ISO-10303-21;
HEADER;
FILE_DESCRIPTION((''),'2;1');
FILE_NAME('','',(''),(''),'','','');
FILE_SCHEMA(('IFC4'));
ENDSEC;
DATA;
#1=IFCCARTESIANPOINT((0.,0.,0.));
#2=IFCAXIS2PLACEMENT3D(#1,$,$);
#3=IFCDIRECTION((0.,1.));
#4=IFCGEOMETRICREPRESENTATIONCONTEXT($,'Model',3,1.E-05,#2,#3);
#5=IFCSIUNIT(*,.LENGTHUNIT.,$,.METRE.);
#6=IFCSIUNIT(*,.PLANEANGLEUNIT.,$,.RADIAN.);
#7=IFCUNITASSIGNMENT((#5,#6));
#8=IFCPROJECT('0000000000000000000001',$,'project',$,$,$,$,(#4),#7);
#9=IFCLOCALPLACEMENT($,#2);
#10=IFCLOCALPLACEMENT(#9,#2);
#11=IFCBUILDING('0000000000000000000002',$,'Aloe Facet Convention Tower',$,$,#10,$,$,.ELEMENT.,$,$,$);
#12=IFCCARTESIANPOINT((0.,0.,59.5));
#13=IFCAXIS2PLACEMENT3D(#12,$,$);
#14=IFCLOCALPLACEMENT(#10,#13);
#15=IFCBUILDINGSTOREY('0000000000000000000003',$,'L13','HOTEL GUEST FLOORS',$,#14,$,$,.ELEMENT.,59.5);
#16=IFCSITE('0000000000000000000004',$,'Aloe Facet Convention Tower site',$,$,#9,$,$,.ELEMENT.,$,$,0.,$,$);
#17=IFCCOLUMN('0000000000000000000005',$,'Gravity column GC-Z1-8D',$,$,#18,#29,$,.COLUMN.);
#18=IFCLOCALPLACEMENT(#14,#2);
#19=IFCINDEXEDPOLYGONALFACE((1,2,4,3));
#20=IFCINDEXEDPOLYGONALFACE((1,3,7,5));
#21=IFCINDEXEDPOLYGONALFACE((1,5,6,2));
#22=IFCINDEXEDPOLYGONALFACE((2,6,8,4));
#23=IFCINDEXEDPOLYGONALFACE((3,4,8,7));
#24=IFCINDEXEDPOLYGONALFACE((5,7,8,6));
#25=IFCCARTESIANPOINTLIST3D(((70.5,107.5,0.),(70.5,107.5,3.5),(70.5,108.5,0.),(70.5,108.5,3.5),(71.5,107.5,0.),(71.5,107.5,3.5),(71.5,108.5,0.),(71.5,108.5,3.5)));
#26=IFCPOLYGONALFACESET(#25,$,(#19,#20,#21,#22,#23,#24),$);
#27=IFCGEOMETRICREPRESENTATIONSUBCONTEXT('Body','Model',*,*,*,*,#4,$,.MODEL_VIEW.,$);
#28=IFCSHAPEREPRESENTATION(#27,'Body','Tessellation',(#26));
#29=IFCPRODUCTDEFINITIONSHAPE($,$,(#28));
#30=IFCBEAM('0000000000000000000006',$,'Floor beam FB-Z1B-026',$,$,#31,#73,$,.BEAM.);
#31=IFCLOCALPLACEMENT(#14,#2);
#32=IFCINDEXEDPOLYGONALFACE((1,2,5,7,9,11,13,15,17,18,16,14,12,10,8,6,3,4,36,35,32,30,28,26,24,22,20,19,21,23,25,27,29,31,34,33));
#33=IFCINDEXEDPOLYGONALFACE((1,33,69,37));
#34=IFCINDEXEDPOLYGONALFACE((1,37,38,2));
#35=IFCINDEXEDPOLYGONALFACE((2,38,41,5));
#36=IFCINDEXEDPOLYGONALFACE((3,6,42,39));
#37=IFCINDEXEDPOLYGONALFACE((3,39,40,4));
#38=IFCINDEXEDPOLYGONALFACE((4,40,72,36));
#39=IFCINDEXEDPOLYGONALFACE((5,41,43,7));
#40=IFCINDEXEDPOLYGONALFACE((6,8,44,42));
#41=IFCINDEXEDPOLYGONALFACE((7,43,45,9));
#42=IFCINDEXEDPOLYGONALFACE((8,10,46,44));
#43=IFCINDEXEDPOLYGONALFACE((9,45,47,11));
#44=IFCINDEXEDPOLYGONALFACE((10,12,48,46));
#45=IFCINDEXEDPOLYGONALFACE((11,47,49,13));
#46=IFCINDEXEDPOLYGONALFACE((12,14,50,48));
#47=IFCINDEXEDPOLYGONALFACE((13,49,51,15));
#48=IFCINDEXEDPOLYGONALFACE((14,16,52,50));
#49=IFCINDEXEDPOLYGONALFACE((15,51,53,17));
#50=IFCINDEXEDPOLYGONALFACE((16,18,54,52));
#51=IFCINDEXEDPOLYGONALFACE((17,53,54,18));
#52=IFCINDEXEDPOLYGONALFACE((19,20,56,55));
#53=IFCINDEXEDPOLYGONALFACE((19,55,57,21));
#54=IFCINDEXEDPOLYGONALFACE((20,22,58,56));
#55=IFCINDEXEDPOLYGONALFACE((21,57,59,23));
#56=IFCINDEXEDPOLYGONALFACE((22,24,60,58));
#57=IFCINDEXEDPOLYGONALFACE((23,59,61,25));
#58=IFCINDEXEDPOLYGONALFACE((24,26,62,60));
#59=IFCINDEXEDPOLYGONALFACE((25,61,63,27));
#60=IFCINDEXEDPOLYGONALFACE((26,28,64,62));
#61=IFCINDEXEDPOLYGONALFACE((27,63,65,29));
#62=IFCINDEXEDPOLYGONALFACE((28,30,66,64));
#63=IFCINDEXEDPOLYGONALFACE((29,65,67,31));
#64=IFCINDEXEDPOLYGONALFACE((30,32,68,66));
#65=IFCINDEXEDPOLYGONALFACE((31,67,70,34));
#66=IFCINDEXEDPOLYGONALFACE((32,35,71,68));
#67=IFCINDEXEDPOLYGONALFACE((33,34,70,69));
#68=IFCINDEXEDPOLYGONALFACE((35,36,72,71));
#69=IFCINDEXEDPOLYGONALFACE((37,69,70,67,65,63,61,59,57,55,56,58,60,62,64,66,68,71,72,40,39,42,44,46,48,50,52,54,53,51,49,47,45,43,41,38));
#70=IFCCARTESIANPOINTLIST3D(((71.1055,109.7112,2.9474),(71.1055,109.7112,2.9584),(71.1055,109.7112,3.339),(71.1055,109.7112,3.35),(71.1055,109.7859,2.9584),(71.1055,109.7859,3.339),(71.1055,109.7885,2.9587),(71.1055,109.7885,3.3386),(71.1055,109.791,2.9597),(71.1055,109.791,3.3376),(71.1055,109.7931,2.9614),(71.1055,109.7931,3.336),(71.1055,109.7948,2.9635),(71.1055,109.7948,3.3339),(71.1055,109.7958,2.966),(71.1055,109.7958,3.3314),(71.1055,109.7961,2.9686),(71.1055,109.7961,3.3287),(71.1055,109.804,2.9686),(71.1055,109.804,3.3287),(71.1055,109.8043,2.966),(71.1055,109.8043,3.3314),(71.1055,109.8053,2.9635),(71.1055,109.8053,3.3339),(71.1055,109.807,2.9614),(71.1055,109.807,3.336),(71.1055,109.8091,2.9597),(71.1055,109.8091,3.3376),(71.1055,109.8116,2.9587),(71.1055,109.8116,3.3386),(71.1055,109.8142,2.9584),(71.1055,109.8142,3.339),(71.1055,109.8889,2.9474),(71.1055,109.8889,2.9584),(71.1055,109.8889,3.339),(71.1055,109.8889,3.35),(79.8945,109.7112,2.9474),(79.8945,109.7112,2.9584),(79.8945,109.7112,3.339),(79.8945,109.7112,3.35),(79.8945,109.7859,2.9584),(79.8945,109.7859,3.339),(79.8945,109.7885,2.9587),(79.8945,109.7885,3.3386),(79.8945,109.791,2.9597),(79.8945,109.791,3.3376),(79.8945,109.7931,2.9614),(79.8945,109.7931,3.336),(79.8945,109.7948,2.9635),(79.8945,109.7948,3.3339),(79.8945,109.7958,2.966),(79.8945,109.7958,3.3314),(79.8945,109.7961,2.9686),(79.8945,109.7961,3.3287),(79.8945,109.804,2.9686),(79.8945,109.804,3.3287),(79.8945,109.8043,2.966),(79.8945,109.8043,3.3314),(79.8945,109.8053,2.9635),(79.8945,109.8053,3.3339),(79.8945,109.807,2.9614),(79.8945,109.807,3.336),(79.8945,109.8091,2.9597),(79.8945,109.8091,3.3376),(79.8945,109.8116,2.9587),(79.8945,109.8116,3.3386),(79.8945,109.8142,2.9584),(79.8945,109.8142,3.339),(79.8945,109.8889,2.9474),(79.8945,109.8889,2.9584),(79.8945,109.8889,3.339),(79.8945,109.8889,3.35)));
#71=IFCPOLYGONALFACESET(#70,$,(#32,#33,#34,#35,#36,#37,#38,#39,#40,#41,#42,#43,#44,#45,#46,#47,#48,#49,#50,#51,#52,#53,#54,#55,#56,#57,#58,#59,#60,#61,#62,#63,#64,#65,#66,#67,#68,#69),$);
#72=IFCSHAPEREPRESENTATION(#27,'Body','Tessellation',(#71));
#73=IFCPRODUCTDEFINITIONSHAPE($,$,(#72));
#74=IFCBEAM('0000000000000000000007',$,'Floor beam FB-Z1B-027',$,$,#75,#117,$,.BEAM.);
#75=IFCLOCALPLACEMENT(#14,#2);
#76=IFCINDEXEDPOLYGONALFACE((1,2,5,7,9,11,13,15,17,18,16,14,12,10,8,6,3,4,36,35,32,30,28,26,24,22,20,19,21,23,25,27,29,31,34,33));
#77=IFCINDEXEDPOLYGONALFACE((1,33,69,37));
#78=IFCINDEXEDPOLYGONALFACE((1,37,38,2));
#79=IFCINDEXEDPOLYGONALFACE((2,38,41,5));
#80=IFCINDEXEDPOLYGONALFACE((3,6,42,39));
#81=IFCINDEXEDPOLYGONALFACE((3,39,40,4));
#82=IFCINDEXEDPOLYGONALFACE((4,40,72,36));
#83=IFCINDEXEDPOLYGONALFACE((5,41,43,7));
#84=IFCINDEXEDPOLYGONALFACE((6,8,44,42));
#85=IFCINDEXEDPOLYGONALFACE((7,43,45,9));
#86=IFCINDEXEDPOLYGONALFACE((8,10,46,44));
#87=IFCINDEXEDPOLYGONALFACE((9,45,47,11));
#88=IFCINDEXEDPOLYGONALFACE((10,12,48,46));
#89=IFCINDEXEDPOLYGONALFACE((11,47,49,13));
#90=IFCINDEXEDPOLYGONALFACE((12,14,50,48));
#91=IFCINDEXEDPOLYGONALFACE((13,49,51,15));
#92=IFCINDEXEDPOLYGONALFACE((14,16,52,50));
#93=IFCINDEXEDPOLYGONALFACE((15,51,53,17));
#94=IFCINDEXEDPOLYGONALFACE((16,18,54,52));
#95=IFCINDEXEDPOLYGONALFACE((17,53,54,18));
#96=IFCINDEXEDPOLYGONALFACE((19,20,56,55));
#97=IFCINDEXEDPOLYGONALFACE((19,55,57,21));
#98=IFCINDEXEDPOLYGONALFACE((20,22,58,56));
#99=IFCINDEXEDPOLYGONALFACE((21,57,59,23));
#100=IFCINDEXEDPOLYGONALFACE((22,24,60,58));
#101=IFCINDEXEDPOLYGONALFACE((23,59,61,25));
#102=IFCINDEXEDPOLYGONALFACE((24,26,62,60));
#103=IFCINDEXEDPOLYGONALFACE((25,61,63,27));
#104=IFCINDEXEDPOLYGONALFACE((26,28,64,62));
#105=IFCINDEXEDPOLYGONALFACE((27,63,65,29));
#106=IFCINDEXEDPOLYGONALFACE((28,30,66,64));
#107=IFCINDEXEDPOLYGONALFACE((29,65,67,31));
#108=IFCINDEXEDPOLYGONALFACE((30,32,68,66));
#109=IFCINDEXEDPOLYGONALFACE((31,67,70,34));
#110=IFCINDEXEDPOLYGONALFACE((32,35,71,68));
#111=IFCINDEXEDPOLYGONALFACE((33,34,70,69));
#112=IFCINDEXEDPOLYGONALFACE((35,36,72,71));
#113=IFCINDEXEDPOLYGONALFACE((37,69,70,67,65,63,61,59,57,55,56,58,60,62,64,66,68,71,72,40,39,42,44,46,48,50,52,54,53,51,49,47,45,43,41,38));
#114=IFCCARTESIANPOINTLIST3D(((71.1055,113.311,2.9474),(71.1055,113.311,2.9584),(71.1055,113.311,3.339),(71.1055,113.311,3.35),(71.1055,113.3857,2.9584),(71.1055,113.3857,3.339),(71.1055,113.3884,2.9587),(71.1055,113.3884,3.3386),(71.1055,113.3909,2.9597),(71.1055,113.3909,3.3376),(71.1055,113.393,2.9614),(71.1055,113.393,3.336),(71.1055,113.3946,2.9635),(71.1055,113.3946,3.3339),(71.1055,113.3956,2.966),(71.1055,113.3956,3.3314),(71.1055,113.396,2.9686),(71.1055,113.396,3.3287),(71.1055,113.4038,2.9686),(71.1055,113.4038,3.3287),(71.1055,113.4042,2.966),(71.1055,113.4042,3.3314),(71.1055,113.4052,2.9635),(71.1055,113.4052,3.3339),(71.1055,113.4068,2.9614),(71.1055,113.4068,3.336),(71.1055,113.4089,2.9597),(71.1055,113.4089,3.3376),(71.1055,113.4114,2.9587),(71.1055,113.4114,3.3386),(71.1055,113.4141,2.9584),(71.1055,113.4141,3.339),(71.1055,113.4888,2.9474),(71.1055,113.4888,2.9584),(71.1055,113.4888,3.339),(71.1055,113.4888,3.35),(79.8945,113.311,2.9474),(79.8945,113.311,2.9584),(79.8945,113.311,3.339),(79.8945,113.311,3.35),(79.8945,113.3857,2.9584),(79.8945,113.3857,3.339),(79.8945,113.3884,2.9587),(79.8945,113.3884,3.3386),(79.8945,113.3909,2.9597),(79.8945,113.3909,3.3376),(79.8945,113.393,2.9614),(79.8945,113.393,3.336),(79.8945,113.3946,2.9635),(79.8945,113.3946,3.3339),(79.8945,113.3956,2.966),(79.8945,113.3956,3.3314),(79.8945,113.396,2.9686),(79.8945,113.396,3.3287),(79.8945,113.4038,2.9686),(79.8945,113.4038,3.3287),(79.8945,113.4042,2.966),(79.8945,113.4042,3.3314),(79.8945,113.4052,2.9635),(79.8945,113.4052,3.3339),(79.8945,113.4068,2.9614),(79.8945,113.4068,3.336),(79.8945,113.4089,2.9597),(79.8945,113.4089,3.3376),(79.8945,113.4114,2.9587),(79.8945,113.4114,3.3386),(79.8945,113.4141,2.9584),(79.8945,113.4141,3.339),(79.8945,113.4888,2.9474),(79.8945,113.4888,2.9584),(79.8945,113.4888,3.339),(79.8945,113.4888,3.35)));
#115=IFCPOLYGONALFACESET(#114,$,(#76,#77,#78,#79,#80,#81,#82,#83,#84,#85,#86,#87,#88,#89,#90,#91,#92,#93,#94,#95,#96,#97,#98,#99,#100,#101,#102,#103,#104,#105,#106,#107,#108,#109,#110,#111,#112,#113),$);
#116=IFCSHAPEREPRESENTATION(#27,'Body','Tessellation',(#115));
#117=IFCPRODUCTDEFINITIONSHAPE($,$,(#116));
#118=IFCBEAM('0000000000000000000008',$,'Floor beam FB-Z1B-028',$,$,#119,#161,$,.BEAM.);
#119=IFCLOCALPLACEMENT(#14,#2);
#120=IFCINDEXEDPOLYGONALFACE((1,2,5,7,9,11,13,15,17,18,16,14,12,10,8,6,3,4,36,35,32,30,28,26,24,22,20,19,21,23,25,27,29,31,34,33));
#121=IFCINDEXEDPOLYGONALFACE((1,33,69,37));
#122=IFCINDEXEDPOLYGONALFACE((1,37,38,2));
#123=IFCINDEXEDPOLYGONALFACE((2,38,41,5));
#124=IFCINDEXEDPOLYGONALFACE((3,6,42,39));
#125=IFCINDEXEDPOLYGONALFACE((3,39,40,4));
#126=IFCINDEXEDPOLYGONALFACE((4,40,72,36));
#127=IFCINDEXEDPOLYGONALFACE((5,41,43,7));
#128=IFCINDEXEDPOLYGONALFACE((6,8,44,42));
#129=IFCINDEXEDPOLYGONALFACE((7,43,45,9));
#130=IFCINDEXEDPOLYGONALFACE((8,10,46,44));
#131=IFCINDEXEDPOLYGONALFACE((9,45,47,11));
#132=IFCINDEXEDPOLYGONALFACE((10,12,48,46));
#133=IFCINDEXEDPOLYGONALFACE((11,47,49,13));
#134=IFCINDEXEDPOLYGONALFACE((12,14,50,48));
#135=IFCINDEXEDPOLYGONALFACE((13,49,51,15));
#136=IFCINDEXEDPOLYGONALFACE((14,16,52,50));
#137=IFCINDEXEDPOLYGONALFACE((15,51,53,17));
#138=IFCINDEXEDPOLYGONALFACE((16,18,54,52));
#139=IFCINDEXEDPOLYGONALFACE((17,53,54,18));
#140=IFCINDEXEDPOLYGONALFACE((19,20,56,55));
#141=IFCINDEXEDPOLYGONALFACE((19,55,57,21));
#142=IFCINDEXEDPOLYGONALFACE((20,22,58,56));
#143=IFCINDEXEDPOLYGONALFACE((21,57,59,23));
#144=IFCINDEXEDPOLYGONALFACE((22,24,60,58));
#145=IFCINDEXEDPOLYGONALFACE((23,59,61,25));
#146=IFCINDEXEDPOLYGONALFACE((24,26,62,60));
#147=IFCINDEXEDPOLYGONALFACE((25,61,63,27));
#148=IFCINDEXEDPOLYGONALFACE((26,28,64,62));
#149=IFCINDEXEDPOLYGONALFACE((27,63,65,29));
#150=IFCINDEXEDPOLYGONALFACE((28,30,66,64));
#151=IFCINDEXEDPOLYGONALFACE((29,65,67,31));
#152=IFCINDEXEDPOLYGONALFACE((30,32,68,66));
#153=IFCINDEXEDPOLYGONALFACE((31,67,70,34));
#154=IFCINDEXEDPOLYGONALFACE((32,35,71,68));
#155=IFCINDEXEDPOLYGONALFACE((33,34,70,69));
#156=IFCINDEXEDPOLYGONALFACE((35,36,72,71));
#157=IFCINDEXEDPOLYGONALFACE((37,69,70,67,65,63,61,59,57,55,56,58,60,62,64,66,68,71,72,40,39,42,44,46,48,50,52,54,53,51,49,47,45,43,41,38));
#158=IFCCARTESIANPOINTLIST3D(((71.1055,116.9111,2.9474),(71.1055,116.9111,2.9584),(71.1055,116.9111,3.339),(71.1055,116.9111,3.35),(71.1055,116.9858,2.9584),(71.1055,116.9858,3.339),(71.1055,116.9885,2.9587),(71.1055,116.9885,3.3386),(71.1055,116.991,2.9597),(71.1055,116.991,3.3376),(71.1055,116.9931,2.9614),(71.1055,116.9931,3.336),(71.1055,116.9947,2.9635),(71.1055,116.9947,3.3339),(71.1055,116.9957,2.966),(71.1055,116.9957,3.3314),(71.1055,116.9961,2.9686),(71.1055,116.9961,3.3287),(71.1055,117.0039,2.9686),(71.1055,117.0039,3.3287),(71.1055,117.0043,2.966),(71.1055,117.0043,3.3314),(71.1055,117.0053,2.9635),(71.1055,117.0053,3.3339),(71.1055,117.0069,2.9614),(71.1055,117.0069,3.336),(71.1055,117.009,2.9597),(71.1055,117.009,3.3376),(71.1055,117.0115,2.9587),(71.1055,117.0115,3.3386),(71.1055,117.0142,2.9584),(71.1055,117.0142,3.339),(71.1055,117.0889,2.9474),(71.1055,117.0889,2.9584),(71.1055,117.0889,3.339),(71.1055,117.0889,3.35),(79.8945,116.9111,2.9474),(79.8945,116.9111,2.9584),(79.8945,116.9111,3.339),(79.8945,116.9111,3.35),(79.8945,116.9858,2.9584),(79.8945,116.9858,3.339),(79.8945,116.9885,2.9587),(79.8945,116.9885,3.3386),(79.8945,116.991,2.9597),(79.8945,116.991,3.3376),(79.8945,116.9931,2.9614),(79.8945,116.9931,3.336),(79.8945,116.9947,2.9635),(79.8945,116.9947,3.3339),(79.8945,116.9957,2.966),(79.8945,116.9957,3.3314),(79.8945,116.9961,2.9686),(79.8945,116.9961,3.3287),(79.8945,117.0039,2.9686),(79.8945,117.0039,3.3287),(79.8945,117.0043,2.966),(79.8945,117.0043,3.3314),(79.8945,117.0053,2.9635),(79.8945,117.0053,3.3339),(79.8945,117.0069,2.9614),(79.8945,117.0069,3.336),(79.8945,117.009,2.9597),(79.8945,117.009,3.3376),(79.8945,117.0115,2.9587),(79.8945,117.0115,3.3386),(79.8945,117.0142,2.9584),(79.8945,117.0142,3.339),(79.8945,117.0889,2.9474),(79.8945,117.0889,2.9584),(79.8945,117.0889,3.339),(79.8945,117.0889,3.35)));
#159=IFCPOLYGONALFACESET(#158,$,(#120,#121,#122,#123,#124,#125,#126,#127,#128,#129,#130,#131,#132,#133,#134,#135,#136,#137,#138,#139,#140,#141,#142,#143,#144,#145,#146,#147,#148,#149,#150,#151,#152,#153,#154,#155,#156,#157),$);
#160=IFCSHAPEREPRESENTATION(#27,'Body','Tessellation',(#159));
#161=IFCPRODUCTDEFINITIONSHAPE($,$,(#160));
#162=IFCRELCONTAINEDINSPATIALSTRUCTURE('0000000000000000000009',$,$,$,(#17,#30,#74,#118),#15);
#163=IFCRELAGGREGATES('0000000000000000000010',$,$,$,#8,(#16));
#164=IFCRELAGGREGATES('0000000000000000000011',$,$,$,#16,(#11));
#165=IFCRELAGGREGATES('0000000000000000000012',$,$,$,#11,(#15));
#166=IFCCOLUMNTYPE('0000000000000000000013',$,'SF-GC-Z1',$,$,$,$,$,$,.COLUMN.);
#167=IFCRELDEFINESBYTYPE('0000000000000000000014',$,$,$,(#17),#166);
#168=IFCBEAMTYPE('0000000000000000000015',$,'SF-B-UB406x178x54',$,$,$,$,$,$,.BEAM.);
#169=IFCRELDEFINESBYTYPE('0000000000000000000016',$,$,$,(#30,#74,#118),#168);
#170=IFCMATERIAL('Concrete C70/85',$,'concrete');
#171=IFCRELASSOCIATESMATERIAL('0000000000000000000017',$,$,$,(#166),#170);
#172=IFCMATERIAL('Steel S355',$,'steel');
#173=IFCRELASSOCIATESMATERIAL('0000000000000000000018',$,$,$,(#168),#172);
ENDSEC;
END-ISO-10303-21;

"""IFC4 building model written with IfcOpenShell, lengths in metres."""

from ifc_helpers import new_model, si_unit, direction, frame, origin, origin_2d, place, context, subcontext, project, spatial, rectangle, i_section, extrude, material, material_profile, profile_set, type_object, element, save


model = new_model("IFC4")

# Units and contexts
model_context = context("Model", 3, precision=1e-05, world=origin(), true_north=direction((0.0, 1.0)))
body_context = subcontext(model_context, "Body", "Model", "MODEL_VIEW")
ifc_project = project(units=[si_unit("LENGTHUNIT", "METRE"), si_unit("PLANEANGLEUNIT", "RADIAN")], contexts=[model_context])

# Site, building, storey
site_placement = place(None, origin())
site = spatial("IfcSite", under=ifc_project, at=site_placement, Name="Aloe Facet Convention Tower site", CompositionType="ELEMENT", RefElevation=0.0)
building_placement = place(site_placement, origin())
building = spatial("IfcBuilding", under=site, at=building_placement, Name="Aloe Facet Convention Tower", CompositionType="ELEMENT")
storey_placement = place(building_placement, frame((0.0, 0.0, 59.5)))
storey = spatial("IfcBuildingStorey", under=building, at=storey_placement, Name="L13", Description="HOTEL GUEST FLOORS", CompositionType="ELEMENT", Elevation=59.5)

# Column
ifc_material_1 = material(Name="Concrete C70/85", Category="concrete")
ifc_material_profile_1 = material_profile(ifc_material_1, rectangle(XDim=1.0, YDim=1.0, at=origin_2d()), Name="SF-GC-Z1")
ifc_profile_set_1 = profile_set([ifc_material_profile_1], Name="Concrete C70/85")
column_type = type_object("IfcColumnType", Name="SF-GC-Z1", PredefinedType="COLUMN", material=ifc_profile_set_1)
column_placement = place(storey_placement, frame((71.0, 108.0, 0.0), z_axis=(0.0, 0.0, 1.0), x_axis=(1.0, 0.0, 0.0)))
element("IfcColumn", 1, at=column_placement, inside=storey, type_object=column_type, Name="Gravity column GC-Z1-8D", PredefinedType="COLUMN", context=body_context, shape_type="SweptSolid", body=[
    extrude(rectangle(XDim=1.0, YDim=1.0, at=origin_2d()), origin(), (0.0, 0.0, 1.0), 3.5),
])

# Beams
ifc_material_2 = material(Name="Steel S355", Category="steel")
ifc_material_profile_2 = material_profile(ifc_material_2, i_section(OverallWidth=0.1777, OverallDepth=0.4026, WebThickness=0.0078, FlangeThickness=0.011, FilletRadius=0.0103, at=origin_2d()), Name="UB 406x178x54")
ifc_profile_set_2 = profile_set([ifc_material_profile_2], Name="Steel S355")
beam_type_1 = type_object("IfcBeamType", Name="SF-B-UB406x178x54", PredefinedType="BEAM", material=ifc_profile_set_2)
for number, where, z_axis, x_axis, name in (
    (2, (71.1055, 109.8, 3.1487), (1.0, 0.0, 0.0), (0.0, 1.0, 0.0), "Floor beam FB-Z1B-026"),
    (3, (71.1055, 113.3999, 3.1487), (1.0, 0.0, 0.0), (0.0, 1.0, 0.0), "Floor beam FB-Z1B-027"),
    (4, (71.1055, 117.0, 3.1487), (1.0, 0.0, 0.0), (0.0, 1.0, 0.0), "Floor beam FB-Z1B-028"),
):
    element("IfcBeam", number, at=place(storey_placement, frame(where, z_axis=z_axis, x_axis=x_axis)), inside=storey, type_object=beam_type_1, Name=name, PredefinedType="BEAM", context=body_context, shape_type="SweptSolid", body=[
        extrude(i_section(OverallWidth=0.1777, OverallDepth=0.4026, WebThickness=0.0078, FlangeThickness=0.011, FilletRadius=0.0103, at=origin_2d()), origin(), (0.0, 0.0, 1.0), 8.7891),
    ])

save(model, "model.ifc")
